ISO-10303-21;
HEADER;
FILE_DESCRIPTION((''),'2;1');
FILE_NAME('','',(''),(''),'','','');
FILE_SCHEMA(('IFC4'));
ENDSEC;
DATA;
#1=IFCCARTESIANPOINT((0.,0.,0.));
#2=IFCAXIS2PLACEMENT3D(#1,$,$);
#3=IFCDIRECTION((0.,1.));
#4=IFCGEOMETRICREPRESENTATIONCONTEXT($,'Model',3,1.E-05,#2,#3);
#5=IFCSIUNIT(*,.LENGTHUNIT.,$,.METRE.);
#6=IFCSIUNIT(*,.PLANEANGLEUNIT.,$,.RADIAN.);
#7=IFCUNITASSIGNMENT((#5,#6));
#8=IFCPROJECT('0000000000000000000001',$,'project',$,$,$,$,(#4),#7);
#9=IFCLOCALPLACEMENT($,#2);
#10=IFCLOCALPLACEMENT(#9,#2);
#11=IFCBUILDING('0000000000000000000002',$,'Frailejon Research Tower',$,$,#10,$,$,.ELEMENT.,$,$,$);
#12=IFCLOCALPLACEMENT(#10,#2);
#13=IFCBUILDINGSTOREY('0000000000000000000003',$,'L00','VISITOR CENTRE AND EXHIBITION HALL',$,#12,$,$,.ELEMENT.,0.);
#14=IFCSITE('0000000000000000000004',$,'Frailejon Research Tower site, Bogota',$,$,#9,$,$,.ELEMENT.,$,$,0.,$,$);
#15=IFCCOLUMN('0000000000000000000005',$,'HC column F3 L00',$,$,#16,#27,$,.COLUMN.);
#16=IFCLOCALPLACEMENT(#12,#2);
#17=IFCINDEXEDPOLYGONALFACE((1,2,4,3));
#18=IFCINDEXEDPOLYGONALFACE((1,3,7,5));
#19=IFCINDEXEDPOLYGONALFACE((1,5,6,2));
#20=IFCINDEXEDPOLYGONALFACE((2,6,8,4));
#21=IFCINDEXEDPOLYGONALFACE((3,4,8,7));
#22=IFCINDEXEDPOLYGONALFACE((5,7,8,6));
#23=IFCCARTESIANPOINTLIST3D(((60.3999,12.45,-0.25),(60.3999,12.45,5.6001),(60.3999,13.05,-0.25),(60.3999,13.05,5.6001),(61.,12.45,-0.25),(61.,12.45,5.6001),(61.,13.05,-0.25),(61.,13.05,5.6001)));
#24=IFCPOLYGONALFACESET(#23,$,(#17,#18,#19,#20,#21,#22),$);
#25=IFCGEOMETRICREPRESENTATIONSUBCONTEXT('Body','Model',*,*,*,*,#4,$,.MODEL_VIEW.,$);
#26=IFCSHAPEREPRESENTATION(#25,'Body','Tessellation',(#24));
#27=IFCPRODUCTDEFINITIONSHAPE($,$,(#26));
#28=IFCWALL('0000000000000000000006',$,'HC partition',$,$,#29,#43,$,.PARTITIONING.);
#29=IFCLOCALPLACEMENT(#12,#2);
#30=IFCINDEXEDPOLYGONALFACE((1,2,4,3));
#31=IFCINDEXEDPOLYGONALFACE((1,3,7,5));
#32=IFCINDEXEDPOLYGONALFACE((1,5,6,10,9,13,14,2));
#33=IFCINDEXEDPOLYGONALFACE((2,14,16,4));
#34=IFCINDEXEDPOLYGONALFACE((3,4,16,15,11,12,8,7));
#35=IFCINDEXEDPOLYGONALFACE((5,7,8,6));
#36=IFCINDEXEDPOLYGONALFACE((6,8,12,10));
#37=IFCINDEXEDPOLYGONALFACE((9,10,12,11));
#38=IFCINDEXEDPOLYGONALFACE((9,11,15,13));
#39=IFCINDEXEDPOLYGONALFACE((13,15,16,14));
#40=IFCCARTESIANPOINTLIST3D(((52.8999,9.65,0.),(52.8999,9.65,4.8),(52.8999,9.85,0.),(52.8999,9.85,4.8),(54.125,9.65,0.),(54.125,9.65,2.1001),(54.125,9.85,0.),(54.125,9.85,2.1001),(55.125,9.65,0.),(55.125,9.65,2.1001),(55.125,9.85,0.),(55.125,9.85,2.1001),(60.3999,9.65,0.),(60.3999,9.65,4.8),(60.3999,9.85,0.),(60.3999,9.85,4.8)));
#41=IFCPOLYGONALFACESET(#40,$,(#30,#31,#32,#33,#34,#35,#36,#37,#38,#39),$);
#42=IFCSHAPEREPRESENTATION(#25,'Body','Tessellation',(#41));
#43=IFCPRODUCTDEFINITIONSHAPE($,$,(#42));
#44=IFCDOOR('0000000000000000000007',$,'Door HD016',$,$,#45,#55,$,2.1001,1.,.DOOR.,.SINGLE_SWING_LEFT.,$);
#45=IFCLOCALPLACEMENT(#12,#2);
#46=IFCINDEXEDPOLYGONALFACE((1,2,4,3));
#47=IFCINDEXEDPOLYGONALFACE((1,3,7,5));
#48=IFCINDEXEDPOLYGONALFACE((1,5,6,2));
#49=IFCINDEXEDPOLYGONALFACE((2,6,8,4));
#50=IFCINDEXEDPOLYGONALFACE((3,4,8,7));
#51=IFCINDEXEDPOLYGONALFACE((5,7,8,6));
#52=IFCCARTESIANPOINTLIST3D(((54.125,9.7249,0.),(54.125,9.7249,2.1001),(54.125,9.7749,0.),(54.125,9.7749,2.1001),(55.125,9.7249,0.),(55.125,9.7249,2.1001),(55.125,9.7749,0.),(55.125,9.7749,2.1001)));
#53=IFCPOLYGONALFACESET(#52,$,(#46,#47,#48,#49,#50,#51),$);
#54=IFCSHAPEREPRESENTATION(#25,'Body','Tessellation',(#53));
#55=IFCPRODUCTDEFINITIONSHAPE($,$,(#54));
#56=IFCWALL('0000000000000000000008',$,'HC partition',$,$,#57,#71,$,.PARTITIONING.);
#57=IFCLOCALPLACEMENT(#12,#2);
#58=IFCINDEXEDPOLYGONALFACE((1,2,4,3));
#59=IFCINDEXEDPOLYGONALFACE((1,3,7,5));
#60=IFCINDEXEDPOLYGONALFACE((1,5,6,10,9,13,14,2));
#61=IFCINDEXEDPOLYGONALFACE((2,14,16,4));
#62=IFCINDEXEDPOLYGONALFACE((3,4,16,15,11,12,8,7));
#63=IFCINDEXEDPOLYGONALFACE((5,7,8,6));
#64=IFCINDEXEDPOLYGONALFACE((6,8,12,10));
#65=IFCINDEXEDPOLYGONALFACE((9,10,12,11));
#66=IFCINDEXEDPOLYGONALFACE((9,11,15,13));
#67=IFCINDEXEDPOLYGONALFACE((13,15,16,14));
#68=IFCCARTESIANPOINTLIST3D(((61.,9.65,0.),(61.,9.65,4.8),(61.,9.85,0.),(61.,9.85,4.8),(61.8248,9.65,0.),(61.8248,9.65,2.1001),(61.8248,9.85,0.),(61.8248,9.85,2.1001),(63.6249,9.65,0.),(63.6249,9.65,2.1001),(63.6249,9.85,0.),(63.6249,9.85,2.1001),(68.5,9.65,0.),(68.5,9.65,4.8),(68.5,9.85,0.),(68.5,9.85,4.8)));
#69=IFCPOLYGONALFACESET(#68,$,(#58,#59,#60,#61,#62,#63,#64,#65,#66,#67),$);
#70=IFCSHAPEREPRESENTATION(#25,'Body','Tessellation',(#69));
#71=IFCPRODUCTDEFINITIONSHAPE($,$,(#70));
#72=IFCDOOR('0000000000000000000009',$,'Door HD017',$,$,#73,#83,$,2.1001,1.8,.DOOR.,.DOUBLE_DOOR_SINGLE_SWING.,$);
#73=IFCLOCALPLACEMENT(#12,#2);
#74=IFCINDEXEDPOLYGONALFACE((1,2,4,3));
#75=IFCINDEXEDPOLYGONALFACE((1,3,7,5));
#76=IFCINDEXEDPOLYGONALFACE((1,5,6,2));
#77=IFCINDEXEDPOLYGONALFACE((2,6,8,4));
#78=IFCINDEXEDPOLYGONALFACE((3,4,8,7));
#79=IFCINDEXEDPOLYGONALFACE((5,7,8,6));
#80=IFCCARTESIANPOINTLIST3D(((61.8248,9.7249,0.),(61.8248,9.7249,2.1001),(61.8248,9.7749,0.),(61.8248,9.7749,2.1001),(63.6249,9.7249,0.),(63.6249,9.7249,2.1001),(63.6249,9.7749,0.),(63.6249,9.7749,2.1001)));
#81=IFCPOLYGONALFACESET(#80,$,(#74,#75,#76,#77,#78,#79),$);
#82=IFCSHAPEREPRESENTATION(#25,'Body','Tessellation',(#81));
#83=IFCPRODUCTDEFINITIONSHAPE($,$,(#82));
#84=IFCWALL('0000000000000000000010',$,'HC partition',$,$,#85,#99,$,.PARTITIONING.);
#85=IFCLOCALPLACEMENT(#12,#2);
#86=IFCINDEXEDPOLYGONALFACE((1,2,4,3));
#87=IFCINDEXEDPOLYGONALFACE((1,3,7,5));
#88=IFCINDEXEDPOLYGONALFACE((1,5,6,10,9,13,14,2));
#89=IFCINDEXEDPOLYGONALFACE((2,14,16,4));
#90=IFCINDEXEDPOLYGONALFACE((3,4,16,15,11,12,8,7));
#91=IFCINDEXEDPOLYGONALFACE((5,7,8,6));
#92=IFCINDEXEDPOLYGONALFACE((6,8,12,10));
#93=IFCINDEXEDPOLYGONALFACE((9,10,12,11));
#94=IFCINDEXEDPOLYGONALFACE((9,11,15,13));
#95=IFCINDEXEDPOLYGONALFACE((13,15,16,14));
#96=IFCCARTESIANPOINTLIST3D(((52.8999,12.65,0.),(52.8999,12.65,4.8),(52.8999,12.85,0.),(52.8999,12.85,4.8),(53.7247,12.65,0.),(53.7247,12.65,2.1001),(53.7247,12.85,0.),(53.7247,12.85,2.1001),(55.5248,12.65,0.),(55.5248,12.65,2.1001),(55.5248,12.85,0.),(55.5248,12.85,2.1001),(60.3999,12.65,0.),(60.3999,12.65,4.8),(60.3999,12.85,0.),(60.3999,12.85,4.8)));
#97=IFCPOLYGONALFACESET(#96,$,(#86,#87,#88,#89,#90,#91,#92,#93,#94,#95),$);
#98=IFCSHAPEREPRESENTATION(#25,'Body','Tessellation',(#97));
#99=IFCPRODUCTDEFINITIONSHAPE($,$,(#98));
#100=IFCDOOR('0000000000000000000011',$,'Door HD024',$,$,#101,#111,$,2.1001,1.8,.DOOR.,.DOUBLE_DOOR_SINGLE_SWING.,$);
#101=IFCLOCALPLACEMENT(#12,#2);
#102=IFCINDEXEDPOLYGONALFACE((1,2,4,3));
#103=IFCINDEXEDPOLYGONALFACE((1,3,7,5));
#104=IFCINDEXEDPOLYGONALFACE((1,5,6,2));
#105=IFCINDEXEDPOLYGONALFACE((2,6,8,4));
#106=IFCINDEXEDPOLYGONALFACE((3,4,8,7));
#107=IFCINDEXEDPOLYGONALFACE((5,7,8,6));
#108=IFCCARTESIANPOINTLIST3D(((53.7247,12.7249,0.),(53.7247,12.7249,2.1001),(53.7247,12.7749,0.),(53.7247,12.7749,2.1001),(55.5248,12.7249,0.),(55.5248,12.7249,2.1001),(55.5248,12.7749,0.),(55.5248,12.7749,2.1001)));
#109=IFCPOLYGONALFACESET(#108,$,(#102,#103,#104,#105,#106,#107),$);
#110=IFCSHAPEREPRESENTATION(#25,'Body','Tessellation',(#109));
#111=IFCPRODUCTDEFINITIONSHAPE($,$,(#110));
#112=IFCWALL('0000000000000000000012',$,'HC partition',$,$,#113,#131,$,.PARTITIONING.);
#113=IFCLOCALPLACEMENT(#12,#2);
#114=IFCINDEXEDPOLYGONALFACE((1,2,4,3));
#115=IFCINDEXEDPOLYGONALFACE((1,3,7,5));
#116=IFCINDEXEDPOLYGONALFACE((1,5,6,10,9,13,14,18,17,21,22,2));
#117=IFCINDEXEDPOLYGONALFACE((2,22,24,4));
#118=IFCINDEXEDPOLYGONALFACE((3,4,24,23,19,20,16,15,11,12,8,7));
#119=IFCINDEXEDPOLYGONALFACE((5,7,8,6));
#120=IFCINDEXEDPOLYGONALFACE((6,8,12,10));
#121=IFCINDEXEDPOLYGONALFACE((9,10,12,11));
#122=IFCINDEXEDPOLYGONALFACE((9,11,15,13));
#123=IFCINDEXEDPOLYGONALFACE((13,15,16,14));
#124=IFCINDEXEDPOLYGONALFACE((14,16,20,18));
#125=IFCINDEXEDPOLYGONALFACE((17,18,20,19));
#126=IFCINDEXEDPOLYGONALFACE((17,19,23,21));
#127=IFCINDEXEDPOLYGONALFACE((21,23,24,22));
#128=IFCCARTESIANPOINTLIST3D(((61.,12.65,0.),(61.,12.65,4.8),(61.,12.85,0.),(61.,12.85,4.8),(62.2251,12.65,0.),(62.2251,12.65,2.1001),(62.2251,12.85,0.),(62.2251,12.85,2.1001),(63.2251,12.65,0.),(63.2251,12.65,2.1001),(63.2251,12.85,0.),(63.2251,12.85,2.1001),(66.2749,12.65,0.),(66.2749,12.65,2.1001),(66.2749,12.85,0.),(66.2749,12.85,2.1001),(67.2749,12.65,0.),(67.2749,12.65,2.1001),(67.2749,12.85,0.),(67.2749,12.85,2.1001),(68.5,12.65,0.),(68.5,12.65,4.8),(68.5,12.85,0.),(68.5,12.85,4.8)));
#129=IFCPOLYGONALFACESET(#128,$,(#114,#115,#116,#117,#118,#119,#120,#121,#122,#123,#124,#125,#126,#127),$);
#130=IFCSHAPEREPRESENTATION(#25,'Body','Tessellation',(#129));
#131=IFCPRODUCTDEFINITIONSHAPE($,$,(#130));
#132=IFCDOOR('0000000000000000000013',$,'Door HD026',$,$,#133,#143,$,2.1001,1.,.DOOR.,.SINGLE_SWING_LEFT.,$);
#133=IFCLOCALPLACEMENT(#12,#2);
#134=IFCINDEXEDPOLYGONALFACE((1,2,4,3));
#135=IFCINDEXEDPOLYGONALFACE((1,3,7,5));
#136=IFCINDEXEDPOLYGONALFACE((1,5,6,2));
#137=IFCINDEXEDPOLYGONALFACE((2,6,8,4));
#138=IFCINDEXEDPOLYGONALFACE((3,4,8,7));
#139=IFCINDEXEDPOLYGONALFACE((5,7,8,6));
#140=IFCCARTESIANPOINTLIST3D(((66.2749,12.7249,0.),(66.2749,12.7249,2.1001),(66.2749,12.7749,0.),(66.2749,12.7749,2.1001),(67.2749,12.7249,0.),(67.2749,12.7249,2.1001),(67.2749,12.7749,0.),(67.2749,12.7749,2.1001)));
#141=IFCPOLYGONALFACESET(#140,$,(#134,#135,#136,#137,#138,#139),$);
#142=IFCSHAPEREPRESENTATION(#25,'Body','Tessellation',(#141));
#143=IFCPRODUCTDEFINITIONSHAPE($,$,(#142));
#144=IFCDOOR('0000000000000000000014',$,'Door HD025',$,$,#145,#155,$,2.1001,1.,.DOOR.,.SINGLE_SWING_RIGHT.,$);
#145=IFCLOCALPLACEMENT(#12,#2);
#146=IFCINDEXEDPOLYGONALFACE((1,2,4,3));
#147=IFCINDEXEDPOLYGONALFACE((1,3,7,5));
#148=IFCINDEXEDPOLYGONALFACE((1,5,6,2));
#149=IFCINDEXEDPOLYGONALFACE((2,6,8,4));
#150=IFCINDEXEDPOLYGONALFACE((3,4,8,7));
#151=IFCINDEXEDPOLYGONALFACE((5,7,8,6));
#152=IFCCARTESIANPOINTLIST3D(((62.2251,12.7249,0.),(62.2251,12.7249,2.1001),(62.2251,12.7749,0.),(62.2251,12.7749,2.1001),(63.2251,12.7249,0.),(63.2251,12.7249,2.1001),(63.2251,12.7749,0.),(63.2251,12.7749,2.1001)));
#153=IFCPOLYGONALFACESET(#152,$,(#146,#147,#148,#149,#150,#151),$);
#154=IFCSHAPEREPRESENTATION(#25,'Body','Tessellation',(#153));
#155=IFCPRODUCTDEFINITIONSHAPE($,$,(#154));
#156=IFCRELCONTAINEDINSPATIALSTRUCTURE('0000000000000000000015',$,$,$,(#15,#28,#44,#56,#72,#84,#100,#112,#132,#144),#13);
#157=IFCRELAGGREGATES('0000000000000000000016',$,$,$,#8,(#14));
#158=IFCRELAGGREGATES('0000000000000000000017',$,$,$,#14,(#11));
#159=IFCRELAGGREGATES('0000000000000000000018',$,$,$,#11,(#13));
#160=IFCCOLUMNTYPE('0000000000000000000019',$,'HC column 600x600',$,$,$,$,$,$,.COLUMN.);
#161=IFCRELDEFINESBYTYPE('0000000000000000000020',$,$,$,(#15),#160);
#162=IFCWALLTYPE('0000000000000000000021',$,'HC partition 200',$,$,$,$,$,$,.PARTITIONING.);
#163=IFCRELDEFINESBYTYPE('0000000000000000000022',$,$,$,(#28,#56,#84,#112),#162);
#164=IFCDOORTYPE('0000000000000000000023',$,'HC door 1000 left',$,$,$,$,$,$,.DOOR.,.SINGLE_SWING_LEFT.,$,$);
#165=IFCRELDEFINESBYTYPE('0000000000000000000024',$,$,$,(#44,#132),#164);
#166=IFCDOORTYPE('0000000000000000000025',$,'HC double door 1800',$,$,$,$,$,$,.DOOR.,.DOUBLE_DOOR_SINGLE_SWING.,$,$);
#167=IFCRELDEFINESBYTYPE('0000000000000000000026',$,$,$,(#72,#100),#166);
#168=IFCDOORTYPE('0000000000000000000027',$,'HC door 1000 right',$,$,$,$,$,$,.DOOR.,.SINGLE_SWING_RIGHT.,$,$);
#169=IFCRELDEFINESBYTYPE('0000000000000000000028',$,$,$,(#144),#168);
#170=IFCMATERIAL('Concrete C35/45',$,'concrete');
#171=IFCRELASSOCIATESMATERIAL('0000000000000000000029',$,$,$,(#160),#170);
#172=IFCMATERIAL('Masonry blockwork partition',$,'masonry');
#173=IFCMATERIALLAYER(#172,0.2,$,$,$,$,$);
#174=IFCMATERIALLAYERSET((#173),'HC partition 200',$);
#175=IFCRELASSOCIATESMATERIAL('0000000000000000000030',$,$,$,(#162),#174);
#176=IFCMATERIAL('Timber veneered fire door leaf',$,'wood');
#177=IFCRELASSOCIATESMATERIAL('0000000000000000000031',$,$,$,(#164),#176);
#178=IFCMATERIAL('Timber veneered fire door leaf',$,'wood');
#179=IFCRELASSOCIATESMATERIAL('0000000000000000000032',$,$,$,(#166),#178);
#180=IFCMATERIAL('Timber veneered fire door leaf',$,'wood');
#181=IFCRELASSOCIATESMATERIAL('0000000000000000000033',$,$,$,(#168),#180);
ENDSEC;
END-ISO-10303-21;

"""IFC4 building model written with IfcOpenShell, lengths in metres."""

from ifc_helpers import new_model, si_unit, direction, frame, frame_2d, origin, origin_2d, place, context, subcontext, project, spatial, rectangle, extrude, material, layer, layer_set, material_profile, profile_set, type_object, element, fill, save


model = new_model("IFC4")

# Units and contexts
model_context = context("Model", 3, precision=1e-05, world=origin(), true_north=direction((0.0, 1.0)))
body_context = subcontext(model_context, "Body", "Model", "MODEL_VIEW")
ifc_project = project(units=[si_unit("LENGTHUNIT", "METRE"), si_unit("PLANEANGLEUNIT", "RADIAN")], contexts=[model_context])

# Site, building, storey
site_placement = place(None, origin())
site = spatial("IfcSite", under=ifc_project, at=site_placement, Name="Frailejon Research Tower site, Bogota", CompositionType="ELEMENT", RefElevation=0.0)
building_placement = place(site_placement, origin())
building = spatial("IfcBuilding", under=site, at=building_placement, Name="Frailejon Research Tower", CompositionType="ELEMENT")
storey_placement = place(building_placement, origin())
storey = spatial("IfcBuildingStorey", under=building, at=storey_placement, Name="L00", Description="VISITOR CENTRE AND EXHIBITION HALL", CompositionType="ELEMENT", Elevation=0.0)

# Column
ifc_material_1 = material(Name="Concrete C35/45", Category="concrete")
ifc_material_profile_1 = material_profile(ifc_material_1, rectangle(XDim=0.6001, YDim=0.6001, at=origin_2d()), Name="HC column 600x600")
ifc_profile_set_1 = profile_set([ifc_material_profile_1], Name="Concrete C35/45")
column_type = type_object("IfcColumnType", Name="HC column 600x600", PredefinedType="COLUMN", material=ifc_profile_set_1)
for number, where, z_axis, x_axis, name in (
    (1, (60.7, 12.75, -0.25), (0.0, 0.0, 1.0), (1.0, 0.0, 0.0), "HC column F3 L00"),
):
    element("IfcColumn", number, at=place(storey_placement, frame(where, z_axis=z_axis, x_axis=x_axis)), inside=storey, type_object=column_type, Name=name, PredefinedType="COLUMN", context=body_context, shape_type="SweptSolid", body=[
        extrude(rectangle(XDim=0.6001, YDim=0.6001, at=origin_2d()), origin(), (0.0, 0.0, 1.0), 5.8501),
    ])

# Walls, openings, doors
ifc_material_2 = material(Name="Masonry blockwork partition", Category="masonry")
ifc_layer = layer(ifc_material_2, 0.2)
ifc_layer_set = layer_set([ifc_layer], Name="HC partition 200")
wall_type = type_object("IfcWallType", Name="HC partition 200", PredefinedType="PARTITIONING", material=ifc_layer_set)
wall_1_placement = place(storey_placement, frame((52.8999, 9.75, 0.0), z_axis=(0.0, 0.0, 1.0), x_axis=(1.0, 0.0, 0.0)))
wall_1 = element("IfcWall", 2, at=wall_1_placement, inside=storey, type_object=wall_type, Name="HC partition", PredefinedType="PARTITIONING", context=body_context, shape_type="SweptSolid", body=[
    extrude(rectangle(XDim=7.5, YDim=0.2, at=frame_2d((3.75, 0.0))), origin(), (0.0, 0.0, 1.0), 4.8),
])
opening_1_placement = place(wall_1_placement, frame((1.2251, 0.0, 0.0)))
opening_1 = element("IfcOpeningElement", 3, at=opening_1_placement, cuts=wall_1, PredefinedType="OPENING", context=body_context, shape_type="SweptSolid", body=[
    extrude(rectangle(XDim=1.0, YDim=2.1001, at=frame_2d((0.5, 1.05))), frame((0.0, 0.1099, 0.0), z_axis=(0.0, -1.0, 0.0), x_axis=(1.0, 0.0, 0.0)), (0.0, 0.0, 1.0), 0.22),
])
ifc_material_3 = material(Name="Timber veneered fire door leaf", Category="wood")
door_type_1 = type_object("IfcDoorType", Name="HC door 1000 left", OperationType="SINGLE_SWING_LEFT", PredefinedType="DOOR", material=ifc_material_3)
door_1_placement = place(opening_1_placement, origin())
door_1 = element("IfcDoor", 4, at=door_1_placement, inside=storey, type_object=door_type_1, Name="Door HD016", OperationType="SINGLE_SWING_LEFT", OverallHeight=2.1001, OverallWidth=1.0, PredefinedType="DOOR", context=body_context, shape_type="SweptSolid", body=[
    extrude(rectangle(XDim=1.0, YDim=2.1001, at=frame_2d((0.5, 1.05))), frame((0.0, 0.0249, 0.0), z_axis=(0.0, -1.0, 0.0), x_axis=(1.0, 0.0, 0.0)), (0.0, 0.0, 1.0), 0.05),
])
fill(opening_1, door_1)
wall_2_placement = place(storey_placement, frame((61.0, 9.75, 0.0), z_axis=(0.0, 0.0, 1.0), x_axis=(1.0, 0.0, 0.0)))
wall_2 = element("IfcWall", 5, at=wall_2_placement, inside=storey, type_object=wall_type, Name="HC partition", PredefinedType="PARTITIONING", context=body_context, shape_type="SweptSolid", body=[
    extrude(rectangle(XDim=7.5, YDim=0.2, at=frame_2d((3.75, 0.0))), origin(), (0.0, 0.0, 1.0), 4.8),
])
opening_2_placement = place(wall_2_placement, frame((0.825, 0.0, 0.0)))
opening_2 = element("IfcOpeningElement", 6, at=opening_2_placement, cuts=wall_2, PredefinedType="OPENING", context=body_context, shape_type="SweptSolid", body=[
    extrude(rectangle(XDim=1.8, YDim=2.1001, at=frame_2d((0.8999, 1.05))), frame((0.0, 0.1099, 0.0), z_axis=(0.0, -1.0, 0.0), x_axis=(1.0, 0.0, 0.0)), (0.0, 0.0, 1.0), 0.22),
])
ifc_material_4 = material(Name="Timber veneered fire door leaf", Category="wood")
door_type_2 = type_object("IfcDoorType", Name="HC double door 1800", OperationType="DOUBLE_DOOR_SINGLE_SWING", PredefinedType="DOOR", material=ifc_material_4)
door_2_placement = place(opening_2_placement, origin())
door_2 = element("IfcDoor", 7, at=door_2_placement, inside=storey, type_object=door_type_2, Name="Door HD017", OperationType="DOUBLE_DOOR_SINGLE_SWING", OverallHeight=2.1001, OverallWidth=1.8, PredefinedType="DOOR", context=body_context, shape_type="SweptSolid", body=[
    extrude(rectangle(XDim=1.8, YDim=2.1001, at=frame_2d((0.8999, 1.05))), frame((0.0, 0.0249, 0.0), z_axis=(0.0, -1.0, 0.0), x_axis=(1.0, 0.0, 0.0)), (0.0, 0.0, 1.0), 0.05),
])
fill(opening_2, door_2)
wall_3_placement = place(storey_placement, frame((52.8999, 12.75, 0.0), z_axis=(0.0, 0.0, 1.0), x_axis=(1.0, 0.0, 0.0)))
wall_3 = element("IfcWall", 8, at=wall_3_placement, inside=storey, type_object=wall_type, Name="HC partition", PredefinedType="PARTITIONING", context=body_context, shape_type="SweptSolid", body=[
    extrude(rectangle(XDim=7.5, YDim=0.2, at=frame_2d((3.75, 0.0))), origin(), (0.0, 0.0, 1.0), 4.8),
])
opening_3_placement = place(wall_3_placement, frame((0.825, 0.0, 0.0)))
opening_3 = element("IfcOpeningElement", 9, at=opening_3_placement, cuts=wall_3, PredefinedType="OPENING", context=body_context, shape_type="SweptSolid", body=[
    extrude(rectangle(XDim=1.8, YDim=2.1001, at=frame_2d((0.8999, 1.05))), frame((0.0, 0.1099, 0.0), z_axis=(0.0, -1.0, 0.0), x_axis=(1.0, 0.0, 0.0)), (0.0, 0.0, 1.0), 0.22),
])
door_3_placement = place(opening_3_placement, origin())
door_3 = element("IfcDoor", 10, at=door_3_placement, inside=storey, type_object=door_type_2, Name="Door HD024", OperationType="DOUBLE_DOOR_SINGLE_SWING", OverallHeight=2.1001, OverallWidth=1.8, PredefinedType="DOOR", context=body_context, shape_type="SweptSolid", body=[
    extrude(rectangle(XDim=1.8, YDim=2.1001, at=frame_2d((0.8999, 1.05))), frame((0.0, 0.0249, 0.0), z_axis=(0.0, -1.0, 0.0), x_axis=(1.0, 0.0, 0.0)), (0.0, 0.0, 1.0), 0.05),
])
fill(opening_3, door_3)

# Wall, openings, doors
wall_4_placement = place(storey_placement, frame((61.0, 12.75, 0.0), z_axis=(0.0, 0.0, 1.0), x_axis=(1.0, 0.0, 0.0)))
wall_4 = element("IfcWall", 11, at=wall_4_placement, inside=storey, type_object=wall_type, Name="HC partition", PredefinedType="PARTITIONING", context=body_context, shape_type="SweptSolid", body=[
    extrude(rectangle(XDim=7.5, YDim=0.2, at=frame_2d((3.75, 0.0))), origin(), (0.0, 0.0, 1.0), 4.8),
])
opening_4_placement = place(wall_4_placement, frame((1.2251, 0.0, 0.0)))
opening_4 = element("IfcOpeningElement", 12, at=opening_4_placement, cuts=wall_4, PredefinedType="OPENING", context=body_context, shape_type="SweptSolid", body=[
    extrude(rectangle(XDim=1.0, YDim=2.1001, at=frame_2d((0.5, 1.05))), frame((0.0, 0.1099, 0.0), z_axis=(0.0, -1.0, 0.0), x_axis=(1.0, 0.0, 0.0)), (0.0, 0.0, 1.0), 0.22),
])
opening_5_placement = place(wall_4_placement, frame((5.2749, 0.0, 0.0)))
opening_5 = element("IfcOpeningElement", 13, at=opening_5_placement, cuts=wall_4, PredefinedType="OPENING", context=body_context, shape_type="SweptSolid", body=[
    extrude(rectangle(XDim=1.0, YDim=2.1001, at=frame_2d((0.5, 1.05))), frame((0.0, 0.1099, 0.0), z_axis=(0.0, -1.0, 0.0), x_axis=(1.0, 0.0, 0.0)), (0.0, 0.0, 1.0), 0.22),
])
door_4_placement = place(opening_5_placement, origin())
door_4 = element("IfcDoor", 14, at=door_4_placement, inside=storey, type_object=door_type_1, Name="Door HD026", OperationType="SINGLE_SWING_LEFT", OverallHeight=2.1001, OverallWidth=1.0, PredefinedType="DOOR", context=body_context, shape_type="SweptSolid", body=[
    extrude(rectangle(XDim=1.0, YDim=2.1001, at=frame_2d((0.5, 1.05))), frame((0.0, 0.0249, 0.0), z_axis=(0.0, -1.0, 0.0), x_axis=(1.0, 0.0, 0.0)), (0.0, 0.0, 1.0), 0.05),
])
fill(opening_5, door_4)
ifc_material_5 = material(Name="Timber veneered fire door leaf", Category="wood")
door_type_3 = type_object("IfcDoorType", Name="HC door 1000 right", OperationType="SINGLE_SWING_RIGHT", PredefinedType="DOOR", material=ifc_material_5)
door_5_placement = place(opening_4_placement, origin())
door_5 = element("IfcDoor", 15, at=door_5_placement, inside=storey, type_object=door_type_3, Name="Door HD025", OperationType="SINGLE_SWING_RIGHT", OverallHeight=2.1001, OverallWidth=1.0, PredefinedType="DOOR", context=body_context, shape_type="SweptSolid", body=[
    extrude(rectangle(XDim=1.0, YDim=2.1001, at=frame_2d((0.5, 1.05))), frame((0.0, 0.0249, 0.0), z_axis=(0.0, -1.0, 0.0), x_axis=(1.0, 0.0, 0.0)), (0.0, 0.0, 1.0), 0.05),
])
fill(opening_4, door_5)

save(model, "model.ifc")
